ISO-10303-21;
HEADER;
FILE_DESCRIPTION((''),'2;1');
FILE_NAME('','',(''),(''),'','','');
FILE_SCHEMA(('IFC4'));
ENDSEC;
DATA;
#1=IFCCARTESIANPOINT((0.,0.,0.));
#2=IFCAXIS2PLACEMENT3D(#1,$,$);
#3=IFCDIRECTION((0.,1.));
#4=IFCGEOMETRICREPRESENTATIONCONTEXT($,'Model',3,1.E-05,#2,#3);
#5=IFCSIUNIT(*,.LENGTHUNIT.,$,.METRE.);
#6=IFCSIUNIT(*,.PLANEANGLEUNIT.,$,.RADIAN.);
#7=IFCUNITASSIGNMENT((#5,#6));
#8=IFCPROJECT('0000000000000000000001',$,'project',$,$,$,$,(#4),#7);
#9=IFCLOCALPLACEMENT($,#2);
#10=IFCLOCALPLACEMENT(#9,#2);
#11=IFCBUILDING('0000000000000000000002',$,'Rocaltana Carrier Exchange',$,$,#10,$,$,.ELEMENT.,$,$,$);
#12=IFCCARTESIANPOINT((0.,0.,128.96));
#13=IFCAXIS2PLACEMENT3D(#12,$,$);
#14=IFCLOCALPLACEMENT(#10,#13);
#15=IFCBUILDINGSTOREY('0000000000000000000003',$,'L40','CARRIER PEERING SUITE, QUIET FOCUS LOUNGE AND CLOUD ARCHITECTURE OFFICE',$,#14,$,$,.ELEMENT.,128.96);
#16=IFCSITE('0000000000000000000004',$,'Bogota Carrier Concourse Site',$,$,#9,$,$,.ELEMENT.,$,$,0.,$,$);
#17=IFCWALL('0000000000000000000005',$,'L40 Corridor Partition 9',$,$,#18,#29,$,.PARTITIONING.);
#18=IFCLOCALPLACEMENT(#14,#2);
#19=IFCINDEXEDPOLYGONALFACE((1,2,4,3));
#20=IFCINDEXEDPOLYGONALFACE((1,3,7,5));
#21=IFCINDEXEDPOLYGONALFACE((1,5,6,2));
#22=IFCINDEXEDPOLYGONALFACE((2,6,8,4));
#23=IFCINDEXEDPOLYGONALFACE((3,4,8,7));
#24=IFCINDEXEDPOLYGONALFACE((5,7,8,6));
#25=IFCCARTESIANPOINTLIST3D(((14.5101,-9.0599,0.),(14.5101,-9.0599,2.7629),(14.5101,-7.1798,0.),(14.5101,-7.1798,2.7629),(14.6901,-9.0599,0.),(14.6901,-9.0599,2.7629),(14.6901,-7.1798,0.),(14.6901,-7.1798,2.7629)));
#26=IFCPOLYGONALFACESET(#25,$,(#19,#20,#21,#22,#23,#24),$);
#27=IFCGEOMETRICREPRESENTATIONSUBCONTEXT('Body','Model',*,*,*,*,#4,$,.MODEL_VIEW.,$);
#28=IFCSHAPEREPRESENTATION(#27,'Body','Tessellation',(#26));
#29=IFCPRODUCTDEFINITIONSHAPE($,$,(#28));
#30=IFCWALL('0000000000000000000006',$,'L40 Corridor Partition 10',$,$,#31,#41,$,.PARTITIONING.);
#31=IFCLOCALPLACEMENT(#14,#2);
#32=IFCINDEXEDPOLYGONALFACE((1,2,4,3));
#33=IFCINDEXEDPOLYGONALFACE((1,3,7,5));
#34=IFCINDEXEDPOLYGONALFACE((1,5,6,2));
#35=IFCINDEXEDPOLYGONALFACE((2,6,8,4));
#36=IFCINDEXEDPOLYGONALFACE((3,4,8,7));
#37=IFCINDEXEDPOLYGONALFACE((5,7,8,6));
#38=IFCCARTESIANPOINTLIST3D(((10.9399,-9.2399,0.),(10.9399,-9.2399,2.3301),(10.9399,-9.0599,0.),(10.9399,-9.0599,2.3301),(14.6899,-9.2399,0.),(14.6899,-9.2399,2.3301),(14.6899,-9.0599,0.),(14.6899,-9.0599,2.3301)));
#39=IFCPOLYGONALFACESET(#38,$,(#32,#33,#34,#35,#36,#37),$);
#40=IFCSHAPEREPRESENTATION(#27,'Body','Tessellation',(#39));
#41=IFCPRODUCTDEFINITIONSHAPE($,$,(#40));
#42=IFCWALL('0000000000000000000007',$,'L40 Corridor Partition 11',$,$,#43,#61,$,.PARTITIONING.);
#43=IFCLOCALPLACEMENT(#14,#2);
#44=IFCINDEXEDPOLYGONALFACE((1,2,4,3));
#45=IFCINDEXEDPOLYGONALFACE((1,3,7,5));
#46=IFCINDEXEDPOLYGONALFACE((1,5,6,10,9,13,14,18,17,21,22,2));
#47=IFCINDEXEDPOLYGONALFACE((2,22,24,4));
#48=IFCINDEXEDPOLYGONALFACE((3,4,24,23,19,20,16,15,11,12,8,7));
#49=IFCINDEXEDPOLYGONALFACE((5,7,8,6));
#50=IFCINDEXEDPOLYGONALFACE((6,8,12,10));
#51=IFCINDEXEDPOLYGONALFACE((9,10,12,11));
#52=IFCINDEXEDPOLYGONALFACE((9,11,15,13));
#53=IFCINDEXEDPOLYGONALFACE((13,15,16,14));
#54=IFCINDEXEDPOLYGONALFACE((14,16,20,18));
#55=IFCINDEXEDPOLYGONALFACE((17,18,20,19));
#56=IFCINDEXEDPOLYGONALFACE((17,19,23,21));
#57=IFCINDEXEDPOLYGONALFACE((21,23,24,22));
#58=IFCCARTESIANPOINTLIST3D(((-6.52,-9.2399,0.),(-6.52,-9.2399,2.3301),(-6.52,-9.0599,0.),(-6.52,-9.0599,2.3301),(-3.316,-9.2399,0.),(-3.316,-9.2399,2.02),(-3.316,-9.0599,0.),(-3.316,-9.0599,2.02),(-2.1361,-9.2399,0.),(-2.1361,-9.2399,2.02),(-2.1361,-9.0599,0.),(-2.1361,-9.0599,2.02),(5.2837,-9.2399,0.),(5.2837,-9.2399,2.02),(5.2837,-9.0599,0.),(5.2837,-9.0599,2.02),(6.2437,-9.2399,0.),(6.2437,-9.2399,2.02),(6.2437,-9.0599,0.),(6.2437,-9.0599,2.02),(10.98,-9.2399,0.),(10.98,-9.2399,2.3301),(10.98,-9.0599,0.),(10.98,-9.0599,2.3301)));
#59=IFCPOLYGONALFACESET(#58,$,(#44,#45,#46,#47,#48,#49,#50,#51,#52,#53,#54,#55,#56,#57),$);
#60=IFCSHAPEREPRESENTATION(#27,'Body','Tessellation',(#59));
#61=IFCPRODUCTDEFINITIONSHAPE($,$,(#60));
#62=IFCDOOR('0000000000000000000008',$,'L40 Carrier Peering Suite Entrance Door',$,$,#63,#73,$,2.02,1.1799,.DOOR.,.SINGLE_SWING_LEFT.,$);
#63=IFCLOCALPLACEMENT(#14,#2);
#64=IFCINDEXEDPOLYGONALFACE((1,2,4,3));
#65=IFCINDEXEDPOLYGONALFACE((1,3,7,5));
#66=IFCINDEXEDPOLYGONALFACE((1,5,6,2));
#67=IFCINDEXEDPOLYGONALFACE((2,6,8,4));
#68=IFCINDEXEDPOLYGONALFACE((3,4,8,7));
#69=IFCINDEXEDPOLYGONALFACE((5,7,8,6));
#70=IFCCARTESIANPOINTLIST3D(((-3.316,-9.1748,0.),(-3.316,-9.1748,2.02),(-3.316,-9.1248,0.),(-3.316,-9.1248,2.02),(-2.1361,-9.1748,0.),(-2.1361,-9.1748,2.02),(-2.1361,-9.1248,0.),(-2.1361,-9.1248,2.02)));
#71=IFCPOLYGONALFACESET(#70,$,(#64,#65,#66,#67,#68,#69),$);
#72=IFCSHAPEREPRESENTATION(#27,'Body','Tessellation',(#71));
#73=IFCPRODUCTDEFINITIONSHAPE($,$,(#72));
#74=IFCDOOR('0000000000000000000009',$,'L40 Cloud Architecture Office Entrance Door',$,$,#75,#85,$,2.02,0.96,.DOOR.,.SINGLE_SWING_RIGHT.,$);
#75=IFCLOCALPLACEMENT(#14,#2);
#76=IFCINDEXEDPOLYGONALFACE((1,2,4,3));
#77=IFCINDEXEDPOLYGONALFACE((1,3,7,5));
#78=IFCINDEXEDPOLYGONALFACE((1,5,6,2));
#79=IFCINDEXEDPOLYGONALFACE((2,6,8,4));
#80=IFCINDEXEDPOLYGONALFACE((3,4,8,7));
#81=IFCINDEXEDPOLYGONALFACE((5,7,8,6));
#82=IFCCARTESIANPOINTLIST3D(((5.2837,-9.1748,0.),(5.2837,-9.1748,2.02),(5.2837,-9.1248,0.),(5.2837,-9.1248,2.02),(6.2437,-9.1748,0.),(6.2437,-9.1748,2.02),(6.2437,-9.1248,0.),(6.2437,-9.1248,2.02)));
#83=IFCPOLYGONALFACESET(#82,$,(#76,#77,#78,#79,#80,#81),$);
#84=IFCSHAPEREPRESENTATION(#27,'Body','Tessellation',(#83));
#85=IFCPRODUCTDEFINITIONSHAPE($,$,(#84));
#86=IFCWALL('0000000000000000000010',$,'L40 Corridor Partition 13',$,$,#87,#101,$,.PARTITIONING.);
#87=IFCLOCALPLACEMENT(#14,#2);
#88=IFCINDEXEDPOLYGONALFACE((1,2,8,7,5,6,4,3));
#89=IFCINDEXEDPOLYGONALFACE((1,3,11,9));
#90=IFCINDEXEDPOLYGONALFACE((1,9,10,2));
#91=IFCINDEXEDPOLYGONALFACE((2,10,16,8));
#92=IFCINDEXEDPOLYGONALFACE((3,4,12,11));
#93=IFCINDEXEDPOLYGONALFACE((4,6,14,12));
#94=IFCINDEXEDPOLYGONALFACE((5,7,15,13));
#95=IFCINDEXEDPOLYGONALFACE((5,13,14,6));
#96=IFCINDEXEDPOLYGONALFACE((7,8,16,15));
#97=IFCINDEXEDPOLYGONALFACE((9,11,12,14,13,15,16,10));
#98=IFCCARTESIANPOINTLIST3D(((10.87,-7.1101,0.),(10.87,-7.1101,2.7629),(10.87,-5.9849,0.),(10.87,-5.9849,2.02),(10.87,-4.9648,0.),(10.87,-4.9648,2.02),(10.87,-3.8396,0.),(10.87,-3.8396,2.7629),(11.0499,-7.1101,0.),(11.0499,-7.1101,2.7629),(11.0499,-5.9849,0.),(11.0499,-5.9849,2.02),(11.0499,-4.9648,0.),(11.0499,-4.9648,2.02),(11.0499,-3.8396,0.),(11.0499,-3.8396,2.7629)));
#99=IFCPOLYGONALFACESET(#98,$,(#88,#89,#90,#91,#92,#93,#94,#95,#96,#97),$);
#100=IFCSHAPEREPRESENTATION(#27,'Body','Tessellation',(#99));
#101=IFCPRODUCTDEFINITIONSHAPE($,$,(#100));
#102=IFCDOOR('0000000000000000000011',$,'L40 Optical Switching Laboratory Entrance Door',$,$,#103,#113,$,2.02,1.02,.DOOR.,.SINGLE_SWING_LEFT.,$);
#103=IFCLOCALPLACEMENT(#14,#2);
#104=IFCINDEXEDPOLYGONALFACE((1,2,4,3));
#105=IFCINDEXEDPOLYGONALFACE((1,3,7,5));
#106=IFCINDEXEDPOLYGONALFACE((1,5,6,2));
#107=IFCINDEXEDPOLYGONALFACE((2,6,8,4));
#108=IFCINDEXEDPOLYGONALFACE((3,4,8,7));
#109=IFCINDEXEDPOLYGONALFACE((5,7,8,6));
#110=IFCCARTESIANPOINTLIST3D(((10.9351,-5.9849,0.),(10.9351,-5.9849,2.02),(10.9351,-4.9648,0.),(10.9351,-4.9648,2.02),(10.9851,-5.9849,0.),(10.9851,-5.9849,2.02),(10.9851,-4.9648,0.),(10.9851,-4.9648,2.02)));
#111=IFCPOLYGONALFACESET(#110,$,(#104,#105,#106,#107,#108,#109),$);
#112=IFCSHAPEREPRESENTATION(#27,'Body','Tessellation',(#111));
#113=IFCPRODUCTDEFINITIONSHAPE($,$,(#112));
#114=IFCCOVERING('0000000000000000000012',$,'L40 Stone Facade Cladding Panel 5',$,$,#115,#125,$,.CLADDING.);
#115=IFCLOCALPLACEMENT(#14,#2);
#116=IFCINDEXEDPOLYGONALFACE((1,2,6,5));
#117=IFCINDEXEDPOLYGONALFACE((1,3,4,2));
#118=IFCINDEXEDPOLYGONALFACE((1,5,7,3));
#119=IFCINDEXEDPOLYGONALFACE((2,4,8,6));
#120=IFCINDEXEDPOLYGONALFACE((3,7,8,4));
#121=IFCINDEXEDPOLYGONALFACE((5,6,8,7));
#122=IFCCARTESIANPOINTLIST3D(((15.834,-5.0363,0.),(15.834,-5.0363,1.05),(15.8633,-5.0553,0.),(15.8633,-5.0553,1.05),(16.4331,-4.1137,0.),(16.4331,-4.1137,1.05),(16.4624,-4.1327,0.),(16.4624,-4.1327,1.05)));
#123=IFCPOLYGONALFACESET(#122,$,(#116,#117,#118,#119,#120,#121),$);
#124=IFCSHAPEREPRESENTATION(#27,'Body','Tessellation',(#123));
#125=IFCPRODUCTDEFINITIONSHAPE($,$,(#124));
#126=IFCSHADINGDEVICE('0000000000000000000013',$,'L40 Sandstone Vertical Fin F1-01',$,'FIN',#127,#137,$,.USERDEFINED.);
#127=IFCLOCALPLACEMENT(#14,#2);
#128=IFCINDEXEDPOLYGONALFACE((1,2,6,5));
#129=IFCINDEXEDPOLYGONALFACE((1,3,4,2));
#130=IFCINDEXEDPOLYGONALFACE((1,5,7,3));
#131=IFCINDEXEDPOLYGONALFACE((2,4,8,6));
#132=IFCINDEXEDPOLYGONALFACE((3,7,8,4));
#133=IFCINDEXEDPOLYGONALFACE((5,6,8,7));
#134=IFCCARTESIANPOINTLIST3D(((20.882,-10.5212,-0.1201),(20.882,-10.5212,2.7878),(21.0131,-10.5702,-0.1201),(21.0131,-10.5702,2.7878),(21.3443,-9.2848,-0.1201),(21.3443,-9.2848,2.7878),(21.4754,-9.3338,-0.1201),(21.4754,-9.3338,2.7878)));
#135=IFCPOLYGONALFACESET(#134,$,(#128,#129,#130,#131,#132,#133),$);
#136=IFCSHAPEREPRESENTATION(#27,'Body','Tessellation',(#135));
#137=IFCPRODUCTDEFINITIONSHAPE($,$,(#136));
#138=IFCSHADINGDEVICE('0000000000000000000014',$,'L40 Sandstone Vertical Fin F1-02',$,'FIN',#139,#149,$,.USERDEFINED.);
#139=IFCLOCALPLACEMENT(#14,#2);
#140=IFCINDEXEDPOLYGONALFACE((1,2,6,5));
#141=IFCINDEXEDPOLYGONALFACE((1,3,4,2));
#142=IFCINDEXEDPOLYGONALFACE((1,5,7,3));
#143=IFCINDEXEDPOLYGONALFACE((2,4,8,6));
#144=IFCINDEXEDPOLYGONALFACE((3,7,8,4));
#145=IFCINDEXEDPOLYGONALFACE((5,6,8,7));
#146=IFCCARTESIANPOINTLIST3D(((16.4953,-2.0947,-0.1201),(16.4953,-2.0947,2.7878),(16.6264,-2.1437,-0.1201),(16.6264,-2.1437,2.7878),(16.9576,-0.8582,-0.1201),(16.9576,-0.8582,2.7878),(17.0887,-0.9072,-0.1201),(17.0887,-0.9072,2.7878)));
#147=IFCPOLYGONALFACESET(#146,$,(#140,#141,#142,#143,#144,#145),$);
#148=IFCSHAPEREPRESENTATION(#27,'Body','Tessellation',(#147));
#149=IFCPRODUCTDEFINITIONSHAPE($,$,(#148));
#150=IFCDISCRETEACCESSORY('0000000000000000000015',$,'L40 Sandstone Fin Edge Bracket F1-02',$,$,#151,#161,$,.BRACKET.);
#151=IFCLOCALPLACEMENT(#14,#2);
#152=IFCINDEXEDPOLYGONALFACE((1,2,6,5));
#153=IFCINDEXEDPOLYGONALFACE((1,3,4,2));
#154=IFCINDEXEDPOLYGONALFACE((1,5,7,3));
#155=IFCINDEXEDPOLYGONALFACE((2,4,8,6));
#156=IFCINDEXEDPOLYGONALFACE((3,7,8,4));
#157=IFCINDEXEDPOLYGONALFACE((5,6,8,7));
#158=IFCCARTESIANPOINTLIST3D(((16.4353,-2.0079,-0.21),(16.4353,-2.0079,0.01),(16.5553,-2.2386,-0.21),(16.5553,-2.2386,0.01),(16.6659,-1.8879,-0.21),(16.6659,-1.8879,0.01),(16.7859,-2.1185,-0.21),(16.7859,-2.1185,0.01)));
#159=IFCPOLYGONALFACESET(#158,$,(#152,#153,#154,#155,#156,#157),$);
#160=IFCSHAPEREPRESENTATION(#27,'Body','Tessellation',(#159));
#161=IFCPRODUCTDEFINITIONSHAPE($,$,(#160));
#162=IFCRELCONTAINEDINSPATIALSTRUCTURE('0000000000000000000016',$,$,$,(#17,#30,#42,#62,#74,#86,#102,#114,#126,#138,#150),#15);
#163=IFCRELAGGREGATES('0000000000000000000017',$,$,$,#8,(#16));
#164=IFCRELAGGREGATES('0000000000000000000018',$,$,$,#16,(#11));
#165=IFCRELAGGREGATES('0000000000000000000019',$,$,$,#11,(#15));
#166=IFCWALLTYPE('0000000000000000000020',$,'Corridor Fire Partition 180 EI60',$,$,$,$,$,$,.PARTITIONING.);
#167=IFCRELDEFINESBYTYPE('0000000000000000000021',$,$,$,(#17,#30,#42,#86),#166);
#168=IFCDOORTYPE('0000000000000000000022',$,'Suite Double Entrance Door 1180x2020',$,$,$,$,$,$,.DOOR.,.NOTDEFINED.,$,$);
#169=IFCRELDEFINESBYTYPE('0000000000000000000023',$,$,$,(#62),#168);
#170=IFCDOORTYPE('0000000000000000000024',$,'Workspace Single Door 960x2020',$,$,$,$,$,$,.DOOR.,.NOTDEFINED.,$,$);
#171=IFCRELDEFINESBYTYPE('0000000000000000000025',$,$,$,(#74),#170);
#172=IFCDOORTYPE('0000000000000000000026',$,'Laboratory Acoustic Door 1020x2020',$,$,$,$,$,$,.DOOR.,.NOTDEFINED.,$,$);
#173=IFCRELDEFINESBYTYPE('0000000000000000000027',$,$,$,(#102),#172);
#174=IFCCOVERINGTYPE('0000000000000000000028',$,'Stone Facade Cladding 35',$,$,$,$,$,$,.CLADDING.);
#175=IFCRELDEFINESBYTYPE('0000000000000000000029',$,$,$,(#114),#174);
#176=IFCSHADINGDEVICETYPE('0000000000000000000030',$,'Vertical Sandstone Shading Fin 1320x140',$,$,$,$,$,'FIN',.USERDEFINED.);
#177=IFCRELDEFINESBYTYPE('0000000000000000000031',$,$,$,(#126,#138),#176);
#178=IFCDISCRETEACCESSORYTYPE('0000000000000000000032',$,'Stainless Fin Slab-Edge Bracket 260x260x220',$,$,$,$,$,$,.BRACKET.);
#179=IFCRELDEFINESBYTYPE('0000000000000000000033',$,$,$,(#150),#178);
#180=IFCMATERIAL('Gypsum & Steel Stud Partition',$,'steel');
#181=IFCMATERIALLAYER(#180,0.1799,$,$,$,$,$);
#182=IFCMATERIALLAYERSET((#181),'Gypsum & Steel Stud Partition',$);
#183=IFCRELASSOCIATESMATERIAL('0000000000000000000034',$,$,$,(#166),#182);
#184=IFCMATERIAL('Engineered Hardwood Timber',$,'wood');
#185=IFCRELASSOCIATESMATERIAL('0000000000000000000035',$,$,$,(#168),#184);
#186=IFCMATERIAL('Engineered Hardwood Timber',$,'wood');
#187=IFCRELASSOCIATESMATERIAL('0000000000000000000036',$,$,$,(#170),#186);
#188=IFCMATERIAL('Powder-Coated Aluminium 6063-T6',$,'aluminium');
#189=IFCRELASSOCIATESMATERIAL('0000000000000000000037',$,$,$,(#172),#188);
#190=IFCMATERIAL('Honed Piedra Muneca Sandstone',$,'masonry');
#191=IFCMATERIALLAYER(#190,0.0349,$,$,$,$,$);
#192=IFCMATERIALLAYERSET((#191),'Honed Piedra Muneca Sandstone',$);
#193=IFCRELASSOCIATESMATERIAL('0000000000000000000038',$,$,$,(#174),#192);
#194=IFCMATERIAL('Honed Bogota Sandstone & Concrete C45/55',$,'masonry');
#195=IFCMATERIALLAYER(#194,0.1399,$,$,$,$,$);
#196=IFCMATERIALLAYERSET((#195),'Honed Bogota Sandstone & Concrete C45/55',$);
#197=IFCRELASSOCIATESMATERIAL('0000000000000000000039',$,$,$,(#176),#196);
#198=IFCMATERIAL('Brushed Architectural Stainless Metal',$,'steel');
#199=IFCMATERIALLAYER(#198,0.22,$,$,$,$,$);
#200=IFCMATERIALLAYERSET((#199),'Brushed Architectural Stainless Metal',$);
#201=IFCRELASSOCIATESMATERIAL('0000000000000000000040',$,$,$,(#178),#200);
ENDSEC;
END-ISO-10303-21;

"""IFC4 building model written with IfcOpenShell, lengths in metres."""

from ifc_helpers import new_model, si_unit, direction, frame, frame_2d, origin, origin_2d, place, context, subcontext, project, spatial, rectangle, extrude, material, layer, layer_set, type_object, element, fill, save


model = new_model("IFC4")

# Units and contexts
model_context = context("Model", 3, precision=1e-05, world=origin(), true_north=direction((0.0, 1.0)))
body_context = subcontext(model_context, "Body", "Model", "MODEL_VIEW")
ifc_project = project(units=[si_unit("LENGTHUNIT", "METRE"), si_unit("PLANEANGLEUNIT", "RADIAN")], contexts=[model_context])

# Site, building, storey
site_placement = place(None, origin())
site = spatial("IfcSite", under=ifc_project, at=site_placement, Name="Bogota Carrier Concourse Site", CompositionType="ELEMENT", RefElevation=0.0)
building_placement = place(site_placement, origin())
building = spatial("IfcBuilding", under=site, at=building_placement, Name="Rocaltana Carrier Exchange", CompositionType="ELEMENT")
storey_placement = place(building_placement, frame((0.0, 0.0, 128.96)))
storey = spatial("IfcBuildingStorey", under=building, at=storey_placement, Name="L40", Description="CARRIER PEERING SUITE, QUIET FOCUS LOUNGE AND CLOUD ARCHITECTURE OFFICE", CompositionType="ELEMENT", Elevation=128.96)

# Walls
ifc_material_1 = material(Name="Gypsum & Steel Stud Partition", Category="steel")
ifc_layer_1 = layer(ifc_material_1, 0.1799)
ifc_layer_set_1 = layer_set([ifc_layer_1], Name="Gypsum & Steel Stud Partition")
wall_type_1 = type_object("IfcWallType", Name="Corridor Fire Partition 180 EI60", PredefinedType="PARTITIONING", material=ifc_layer_set_1)
wall_1_placement = place(storey_placement, frame((14.6001, -7.1799, 0.0), z_axis=(0.0, 0.0, 1.0), x_axis=(0.0, -1.0, 0.0)))
element("IfcWall", 1, at=wall_1_placement, inside=storey, type_object=wall_type_1, Name="L40 Corridor Partition 9", PredefinedType="PARTITIONING", context=body_context, shape_type="SweptSolid", body=[
    extrude(rectangle(XDim=1.8801, YDim=0.1799, at=frame_2d((0.9399, 0.0))), origin(), (0.0, 0.0, 1.0), 2.7629),
])
wall_2_placement = place(storey_placement, frame((14.6899, -9.1499, 0.0), z_axis=(0.0, 0.0, 1.0), x_axis=(-1.0, 0.0, 0.0)))
element("IfcWall", 2, at=wall_2_placement, inside=storey, type_object=wall_type_1, Name="L40 Corridor Partition 10", PredefinedType="PARTITIONING", context=body_context, shape_type="SweptSolid", body=[
    extrude(rectangle(XDim=3.75, YDim=0.1799, at=frame_2d((1.875, 0.0))), origin(), (0.0, 0.0, 1.0), 2.3301),
])

# Wall, openings, doors
wall_3_placement = place(storey_placement, frame((10.98, -9.1499, 0.0), z_axis=(0.0, 0.0, 1.0), x_axis=(-1.0, 0.0, 0.0)))
wall_3 = element("IfcWall", 3, at=wall_3_placement, inside=storey, type_object=wall_type_1, Name="L40 Corridor Partition 11", PredefinedType="PARTITIONING", context=body_context, shape_type="SweptSolid", body=[
    extrude(rectangle(XDim=17.5, YDim=0.1799, at=frame_2d((8.75, 0.0))), origin(), (0.0, 0.0, 1.0), 2.3301),
])
opening_1_placement = place(wall_3_placement, frame((13.1162, 0.0, 0.0)))
opening_1 = element("IfcOpeningElement", 4, at=opening_1_placement, cuts=wall_3, PredefinedType="OPENING", context=body_context, shape_type="SweptSolid", body=[
    extrude(rectangle(XDim=1.1799, YDim=2.02, at=frame_2d((0.5898, 1.01))), frame((0.0, 0.0999, 0.0), z_axis=(0.0, -1.0, 0.0), x_axis=(1.0, 0.0, 0.0)), (0.0, 0.0, 1.0), 0.2),
])
opening_2_placement = place(wall_3_placement, frame((4.7363, 0.0, 0.0)))
opening_2 = element("IfcOpeningElement", 5, at=opening_2_placement, cuts=wall_3, PredefinedType="OPENING", context=body_context, shape_type="SweptSolid", body=[
    extrude(rectangle(XDim=0.96, YDim=2.02, at=frame_2d((0.48, 1.01))), frame((0.0, 0.0999, 0.0), z_axis=(0.0, -1.0, 0.0), x_axis=(1.0, 0.0, 0.0)), (0.0, 0.0, 1.0), 0.2),
])
ifc_material_2 = material(Name="Engineered Hardwood Timber", Category="wood")
door_type_1 = type_object("IfcDoorType", Name="Suite Double Entrance Door 1180x2020", OperationType="NOTDEFINED", PredefinedType="DOOR", material=ifc_material_2)
door_1_placement = place(opening_1_placement, origin())
door_1 = element("IfcDoor", 6, at=door_1_placement, inside=storey, type_object=door_type_1, Name="L40 Carrier Peering Suite Entrance Door", OperationType="SINGLE_SWING_LEFT", OverallHeight=2.02, OverallWidth=1.1799, PredefinedType="DOOR", context=body_context, shape_type="SweptSolid", body=[
    extrude(rectangle(XDim=1.1799, YDim=2.02, at=frame_2d((0.5898, 1.01))), frame((0.0, 0.0249, 0.0), z_axis=(0.0, -1.0, 0.0), x_axis=(1.0, 0.0, 0.0)), (0.0, 0.0, 1.0), 0.05),
])
fill(opening_1, door_1)
ifc_material_3 = material(Name="Engineered Hardwood Timber", Category="wood")
door_type_2 = type_object("IfcDoorType", Name="Workspace Single Door 960x2020", OperationType="NOTDEFINED", PredefinedType="DOOR", material=ifc_material_3)
door_2_placement = place(opening_2_placement, origin())
door_2 = element("IfcDoor", 7, at=door_2_placement, inside=storey, type_object=door_type_2, Name="L40 Cloud Architecture Office Entrance Door", OperationType="SINGLE_SWING_RIGHT", OverallHeight=2.02, OverallWidth=0.96, PredefinedType="DOOR", context=body_context, shape_type="SweptSolid", body=[
    extrude(rectangle(XDim=0.96, YDim=2.02, at=frame_2d((0.48, 1.01))), frame((0.0, 0.0249, 0.0), z_axis=(0.0, -1.0, 0.0), x_axis=(1.0, 0.0, 0.0)), (0.0, 0.0, 1.0), 0.05),
])
fill(opening_2, door_2)

# Wall, opening, door
wall_4_placement = place(storey_placement, frame((10.96, -7.1101, 0.0), z_axis=(0.0, 0.0, 1.0), x_axis=(0.0, 1.0, 0.0)))
wall_4 = element("IfcWall", 8, at=wall_4_placement, inside=storey, type_object=wall_type_1, Name="L40 Corridor Partition 13", PredefinedType="PARTITIONING", context=body_context, shape_type="SweptSolid", body=[
    extrude(rectangle(XDim=3.2705, YDim=0.1799, at=frame_2d((1.6353, 0.0))), origin(), (0.0, 0.0, 1.0), 2.7629),
])
opening_3_placement = place(wall_4_placement, frame((1.1252, 0.0, 0.0)))
opening_3 = element("IfcOpeningElement", 9, at=opening_3_placement, cuts=wall_4, PredefinedType="OPENING", context=body_context, shape_type="SweptSolid", body=[
    extrude(rectangle(XDim=1.02, YDim=2.02, at=frame_2d((0.51, 1.01))), frame((0.0, 0.0999, 0.0), z_axis=(0.0, -1.0, 0.0), x_axis=(1.0, 0.0, 0.0)), (0.0, 0.0, 1.0), 0.2),
])
ifc_material_4 = material(Name="Powder-Coated Aluminium 6063-T6", Category="aluminium")
door_type_3 = type_object("IfcDoorType", Name="Laboratory Acoustic Door 1020x2020", OperationType="NOTDEFINED", PredefinedType="DOOR", material=ifc_material_4)
door_3_placement = place(opening_3_placement, origin())
door_3 = element("IfcDoor", 10, at=door_3_placement, inside=storey, type_object=door_type_3, Name="L40 Optical Switching Laboratory Entrance Door", OperationType="SINGLE_SWING_LEFT", OverallHeight=2.02, OverallWidth=1.02, PredefinedType="DOOR", context=body_context, shape_type="SweptSolid", body=[
    extrude(rectangle(XDim=1.02, YDim=2.02, at=frame_2d((0.51, 1.01))), frame((0.0, 0.0249, 0.0), z_axis=(0.0, -1.0, 0.0), x_axis=(1.0, 0.0, 0.0)), (0.0, 0.0, 1.0), 0.05),
])
fill(opening_3, door_3)

# Covering
ifc_material_5 = material(Name="Honed Piedra Muneca Sandstone", Category="masonry")
ifc_layer_2 = layer(ifc_material_5, 0.0349)
ifc_layer_set_2 = layer_set([ifc_layer_2], Name="Honed Piedra Muneca Sandstone")
covering_type = type_object("IfcCoveringType", Name="Stone Facade Cladding 35", PredefinedType="CLADDING", material=ifc_layer_set_2)
covering_placement = place(storey_placement, frame((16.1482, -4.5845, 0.0), z_axis=(0.0, 0.0, 1.0), x_axis=(0.544639, 0.838671, 0.0)))
element("IfcCovering", 11, at=covering_placement, inside=storey, type_object=covering_type, Name="L40 Stone Facade Cladding Panel 5", PredefinedType="CLADDING", context=body_context, shape_type="SweptSolid", body=[
    extrude(rectangle(XDim=1.1001, YDim=0.0349, at=origin_2d()), origin(), (0.0, 0.0, 1.0), 1.05),
])

# Shading devices
ifc_material_6 = material(Name="Honed Bogota Sandstone & Concrete C45/55", Category="masonry")
ifc_layer_3 = layer(ifc_material_6, 0.1399)
ifc_layer_set_3 = layer_set([ifc_layer_3], Name="Honed Bogota Sandstone & Concrete C45/55")
shading_device_type = type_object("IfcShadingDeviceType", Name="Vertical Sandstone Shading Fin 1320x140", ElementType="FIN", PredefinedType="USERDEFINED", material=ifc_layer_set_3)
for number, where, z_axis, x_axis, name in (
    (12, (21.1787, -9.9275, -0.1201), (0.0, 0.0, 1.0), (0.350207, 0.936672, 0.0), "L40 Sandstone Vertical Fin F1-01"),
    (13, (16.792, -1.501, -0.1201), (0.0, 0.0, 1.0), (0.350207, 0.936672, 0.0), "L40 Sandstone Vertical Fin F1-02"),
):
    element("IfcShadingDevice", number, at=place(storey_placement, frame(where, z_axis=z_axis, x_axis=x_axis)), inside=storey, type_object=shading_device_type, Name=name, ObjectType="FIN", PredefinedType="USERDEFINED", context=body_context, shape_type="SweptSolid", body=[
        extrude(rectangle(XDim=1.3201, YDim=0.1399, at=origin_2d()), origin(), (0.0, 0.0, 1.0), 2.908),
    ])

# Discrete accessory
ifc_material_7 = material(Name="Brushed Architectural Stainless Metal", Category="steel")
ifc_layer_4 = layer(ifc_material_7, 0.22)
ifc_layer_set_4 = layer_set([ifc_layer_4], Name="Brushed Architectural Stainless Metal")
discrete_accessory_type = type_object("IfcDiscreteAccessoryType", Name="Stainless Fin Slab-Edge Bracket 260x260x220", PredefinedType="BRACKET", material=ifc_layer_set_4)
discrete_accessory_placement = place(storey_placement, frame((16.6106, -2.0632, -0.21), z_axis=(0.0, 0.0, 1.0), x_axis=(-0.461749, 0.887011, 0.0)))
element("IfcDiscreteAccessory", 14, at=discrete_accessory_placement, inside=storey, type_object=discrete_accessory_type, Name="L40 Sandstone Fin Edge Bracket F1-02", PredefinedType="BRACKET", context=body_context, shape_type="SweptSolid", body=[
    extrude(rectangle(XDim=0.26, YDim=0.26, at=origin_2d()), origin(), (0.0, 0.0, 1.0), 0.22),
])

save(model, "model.ifc")
